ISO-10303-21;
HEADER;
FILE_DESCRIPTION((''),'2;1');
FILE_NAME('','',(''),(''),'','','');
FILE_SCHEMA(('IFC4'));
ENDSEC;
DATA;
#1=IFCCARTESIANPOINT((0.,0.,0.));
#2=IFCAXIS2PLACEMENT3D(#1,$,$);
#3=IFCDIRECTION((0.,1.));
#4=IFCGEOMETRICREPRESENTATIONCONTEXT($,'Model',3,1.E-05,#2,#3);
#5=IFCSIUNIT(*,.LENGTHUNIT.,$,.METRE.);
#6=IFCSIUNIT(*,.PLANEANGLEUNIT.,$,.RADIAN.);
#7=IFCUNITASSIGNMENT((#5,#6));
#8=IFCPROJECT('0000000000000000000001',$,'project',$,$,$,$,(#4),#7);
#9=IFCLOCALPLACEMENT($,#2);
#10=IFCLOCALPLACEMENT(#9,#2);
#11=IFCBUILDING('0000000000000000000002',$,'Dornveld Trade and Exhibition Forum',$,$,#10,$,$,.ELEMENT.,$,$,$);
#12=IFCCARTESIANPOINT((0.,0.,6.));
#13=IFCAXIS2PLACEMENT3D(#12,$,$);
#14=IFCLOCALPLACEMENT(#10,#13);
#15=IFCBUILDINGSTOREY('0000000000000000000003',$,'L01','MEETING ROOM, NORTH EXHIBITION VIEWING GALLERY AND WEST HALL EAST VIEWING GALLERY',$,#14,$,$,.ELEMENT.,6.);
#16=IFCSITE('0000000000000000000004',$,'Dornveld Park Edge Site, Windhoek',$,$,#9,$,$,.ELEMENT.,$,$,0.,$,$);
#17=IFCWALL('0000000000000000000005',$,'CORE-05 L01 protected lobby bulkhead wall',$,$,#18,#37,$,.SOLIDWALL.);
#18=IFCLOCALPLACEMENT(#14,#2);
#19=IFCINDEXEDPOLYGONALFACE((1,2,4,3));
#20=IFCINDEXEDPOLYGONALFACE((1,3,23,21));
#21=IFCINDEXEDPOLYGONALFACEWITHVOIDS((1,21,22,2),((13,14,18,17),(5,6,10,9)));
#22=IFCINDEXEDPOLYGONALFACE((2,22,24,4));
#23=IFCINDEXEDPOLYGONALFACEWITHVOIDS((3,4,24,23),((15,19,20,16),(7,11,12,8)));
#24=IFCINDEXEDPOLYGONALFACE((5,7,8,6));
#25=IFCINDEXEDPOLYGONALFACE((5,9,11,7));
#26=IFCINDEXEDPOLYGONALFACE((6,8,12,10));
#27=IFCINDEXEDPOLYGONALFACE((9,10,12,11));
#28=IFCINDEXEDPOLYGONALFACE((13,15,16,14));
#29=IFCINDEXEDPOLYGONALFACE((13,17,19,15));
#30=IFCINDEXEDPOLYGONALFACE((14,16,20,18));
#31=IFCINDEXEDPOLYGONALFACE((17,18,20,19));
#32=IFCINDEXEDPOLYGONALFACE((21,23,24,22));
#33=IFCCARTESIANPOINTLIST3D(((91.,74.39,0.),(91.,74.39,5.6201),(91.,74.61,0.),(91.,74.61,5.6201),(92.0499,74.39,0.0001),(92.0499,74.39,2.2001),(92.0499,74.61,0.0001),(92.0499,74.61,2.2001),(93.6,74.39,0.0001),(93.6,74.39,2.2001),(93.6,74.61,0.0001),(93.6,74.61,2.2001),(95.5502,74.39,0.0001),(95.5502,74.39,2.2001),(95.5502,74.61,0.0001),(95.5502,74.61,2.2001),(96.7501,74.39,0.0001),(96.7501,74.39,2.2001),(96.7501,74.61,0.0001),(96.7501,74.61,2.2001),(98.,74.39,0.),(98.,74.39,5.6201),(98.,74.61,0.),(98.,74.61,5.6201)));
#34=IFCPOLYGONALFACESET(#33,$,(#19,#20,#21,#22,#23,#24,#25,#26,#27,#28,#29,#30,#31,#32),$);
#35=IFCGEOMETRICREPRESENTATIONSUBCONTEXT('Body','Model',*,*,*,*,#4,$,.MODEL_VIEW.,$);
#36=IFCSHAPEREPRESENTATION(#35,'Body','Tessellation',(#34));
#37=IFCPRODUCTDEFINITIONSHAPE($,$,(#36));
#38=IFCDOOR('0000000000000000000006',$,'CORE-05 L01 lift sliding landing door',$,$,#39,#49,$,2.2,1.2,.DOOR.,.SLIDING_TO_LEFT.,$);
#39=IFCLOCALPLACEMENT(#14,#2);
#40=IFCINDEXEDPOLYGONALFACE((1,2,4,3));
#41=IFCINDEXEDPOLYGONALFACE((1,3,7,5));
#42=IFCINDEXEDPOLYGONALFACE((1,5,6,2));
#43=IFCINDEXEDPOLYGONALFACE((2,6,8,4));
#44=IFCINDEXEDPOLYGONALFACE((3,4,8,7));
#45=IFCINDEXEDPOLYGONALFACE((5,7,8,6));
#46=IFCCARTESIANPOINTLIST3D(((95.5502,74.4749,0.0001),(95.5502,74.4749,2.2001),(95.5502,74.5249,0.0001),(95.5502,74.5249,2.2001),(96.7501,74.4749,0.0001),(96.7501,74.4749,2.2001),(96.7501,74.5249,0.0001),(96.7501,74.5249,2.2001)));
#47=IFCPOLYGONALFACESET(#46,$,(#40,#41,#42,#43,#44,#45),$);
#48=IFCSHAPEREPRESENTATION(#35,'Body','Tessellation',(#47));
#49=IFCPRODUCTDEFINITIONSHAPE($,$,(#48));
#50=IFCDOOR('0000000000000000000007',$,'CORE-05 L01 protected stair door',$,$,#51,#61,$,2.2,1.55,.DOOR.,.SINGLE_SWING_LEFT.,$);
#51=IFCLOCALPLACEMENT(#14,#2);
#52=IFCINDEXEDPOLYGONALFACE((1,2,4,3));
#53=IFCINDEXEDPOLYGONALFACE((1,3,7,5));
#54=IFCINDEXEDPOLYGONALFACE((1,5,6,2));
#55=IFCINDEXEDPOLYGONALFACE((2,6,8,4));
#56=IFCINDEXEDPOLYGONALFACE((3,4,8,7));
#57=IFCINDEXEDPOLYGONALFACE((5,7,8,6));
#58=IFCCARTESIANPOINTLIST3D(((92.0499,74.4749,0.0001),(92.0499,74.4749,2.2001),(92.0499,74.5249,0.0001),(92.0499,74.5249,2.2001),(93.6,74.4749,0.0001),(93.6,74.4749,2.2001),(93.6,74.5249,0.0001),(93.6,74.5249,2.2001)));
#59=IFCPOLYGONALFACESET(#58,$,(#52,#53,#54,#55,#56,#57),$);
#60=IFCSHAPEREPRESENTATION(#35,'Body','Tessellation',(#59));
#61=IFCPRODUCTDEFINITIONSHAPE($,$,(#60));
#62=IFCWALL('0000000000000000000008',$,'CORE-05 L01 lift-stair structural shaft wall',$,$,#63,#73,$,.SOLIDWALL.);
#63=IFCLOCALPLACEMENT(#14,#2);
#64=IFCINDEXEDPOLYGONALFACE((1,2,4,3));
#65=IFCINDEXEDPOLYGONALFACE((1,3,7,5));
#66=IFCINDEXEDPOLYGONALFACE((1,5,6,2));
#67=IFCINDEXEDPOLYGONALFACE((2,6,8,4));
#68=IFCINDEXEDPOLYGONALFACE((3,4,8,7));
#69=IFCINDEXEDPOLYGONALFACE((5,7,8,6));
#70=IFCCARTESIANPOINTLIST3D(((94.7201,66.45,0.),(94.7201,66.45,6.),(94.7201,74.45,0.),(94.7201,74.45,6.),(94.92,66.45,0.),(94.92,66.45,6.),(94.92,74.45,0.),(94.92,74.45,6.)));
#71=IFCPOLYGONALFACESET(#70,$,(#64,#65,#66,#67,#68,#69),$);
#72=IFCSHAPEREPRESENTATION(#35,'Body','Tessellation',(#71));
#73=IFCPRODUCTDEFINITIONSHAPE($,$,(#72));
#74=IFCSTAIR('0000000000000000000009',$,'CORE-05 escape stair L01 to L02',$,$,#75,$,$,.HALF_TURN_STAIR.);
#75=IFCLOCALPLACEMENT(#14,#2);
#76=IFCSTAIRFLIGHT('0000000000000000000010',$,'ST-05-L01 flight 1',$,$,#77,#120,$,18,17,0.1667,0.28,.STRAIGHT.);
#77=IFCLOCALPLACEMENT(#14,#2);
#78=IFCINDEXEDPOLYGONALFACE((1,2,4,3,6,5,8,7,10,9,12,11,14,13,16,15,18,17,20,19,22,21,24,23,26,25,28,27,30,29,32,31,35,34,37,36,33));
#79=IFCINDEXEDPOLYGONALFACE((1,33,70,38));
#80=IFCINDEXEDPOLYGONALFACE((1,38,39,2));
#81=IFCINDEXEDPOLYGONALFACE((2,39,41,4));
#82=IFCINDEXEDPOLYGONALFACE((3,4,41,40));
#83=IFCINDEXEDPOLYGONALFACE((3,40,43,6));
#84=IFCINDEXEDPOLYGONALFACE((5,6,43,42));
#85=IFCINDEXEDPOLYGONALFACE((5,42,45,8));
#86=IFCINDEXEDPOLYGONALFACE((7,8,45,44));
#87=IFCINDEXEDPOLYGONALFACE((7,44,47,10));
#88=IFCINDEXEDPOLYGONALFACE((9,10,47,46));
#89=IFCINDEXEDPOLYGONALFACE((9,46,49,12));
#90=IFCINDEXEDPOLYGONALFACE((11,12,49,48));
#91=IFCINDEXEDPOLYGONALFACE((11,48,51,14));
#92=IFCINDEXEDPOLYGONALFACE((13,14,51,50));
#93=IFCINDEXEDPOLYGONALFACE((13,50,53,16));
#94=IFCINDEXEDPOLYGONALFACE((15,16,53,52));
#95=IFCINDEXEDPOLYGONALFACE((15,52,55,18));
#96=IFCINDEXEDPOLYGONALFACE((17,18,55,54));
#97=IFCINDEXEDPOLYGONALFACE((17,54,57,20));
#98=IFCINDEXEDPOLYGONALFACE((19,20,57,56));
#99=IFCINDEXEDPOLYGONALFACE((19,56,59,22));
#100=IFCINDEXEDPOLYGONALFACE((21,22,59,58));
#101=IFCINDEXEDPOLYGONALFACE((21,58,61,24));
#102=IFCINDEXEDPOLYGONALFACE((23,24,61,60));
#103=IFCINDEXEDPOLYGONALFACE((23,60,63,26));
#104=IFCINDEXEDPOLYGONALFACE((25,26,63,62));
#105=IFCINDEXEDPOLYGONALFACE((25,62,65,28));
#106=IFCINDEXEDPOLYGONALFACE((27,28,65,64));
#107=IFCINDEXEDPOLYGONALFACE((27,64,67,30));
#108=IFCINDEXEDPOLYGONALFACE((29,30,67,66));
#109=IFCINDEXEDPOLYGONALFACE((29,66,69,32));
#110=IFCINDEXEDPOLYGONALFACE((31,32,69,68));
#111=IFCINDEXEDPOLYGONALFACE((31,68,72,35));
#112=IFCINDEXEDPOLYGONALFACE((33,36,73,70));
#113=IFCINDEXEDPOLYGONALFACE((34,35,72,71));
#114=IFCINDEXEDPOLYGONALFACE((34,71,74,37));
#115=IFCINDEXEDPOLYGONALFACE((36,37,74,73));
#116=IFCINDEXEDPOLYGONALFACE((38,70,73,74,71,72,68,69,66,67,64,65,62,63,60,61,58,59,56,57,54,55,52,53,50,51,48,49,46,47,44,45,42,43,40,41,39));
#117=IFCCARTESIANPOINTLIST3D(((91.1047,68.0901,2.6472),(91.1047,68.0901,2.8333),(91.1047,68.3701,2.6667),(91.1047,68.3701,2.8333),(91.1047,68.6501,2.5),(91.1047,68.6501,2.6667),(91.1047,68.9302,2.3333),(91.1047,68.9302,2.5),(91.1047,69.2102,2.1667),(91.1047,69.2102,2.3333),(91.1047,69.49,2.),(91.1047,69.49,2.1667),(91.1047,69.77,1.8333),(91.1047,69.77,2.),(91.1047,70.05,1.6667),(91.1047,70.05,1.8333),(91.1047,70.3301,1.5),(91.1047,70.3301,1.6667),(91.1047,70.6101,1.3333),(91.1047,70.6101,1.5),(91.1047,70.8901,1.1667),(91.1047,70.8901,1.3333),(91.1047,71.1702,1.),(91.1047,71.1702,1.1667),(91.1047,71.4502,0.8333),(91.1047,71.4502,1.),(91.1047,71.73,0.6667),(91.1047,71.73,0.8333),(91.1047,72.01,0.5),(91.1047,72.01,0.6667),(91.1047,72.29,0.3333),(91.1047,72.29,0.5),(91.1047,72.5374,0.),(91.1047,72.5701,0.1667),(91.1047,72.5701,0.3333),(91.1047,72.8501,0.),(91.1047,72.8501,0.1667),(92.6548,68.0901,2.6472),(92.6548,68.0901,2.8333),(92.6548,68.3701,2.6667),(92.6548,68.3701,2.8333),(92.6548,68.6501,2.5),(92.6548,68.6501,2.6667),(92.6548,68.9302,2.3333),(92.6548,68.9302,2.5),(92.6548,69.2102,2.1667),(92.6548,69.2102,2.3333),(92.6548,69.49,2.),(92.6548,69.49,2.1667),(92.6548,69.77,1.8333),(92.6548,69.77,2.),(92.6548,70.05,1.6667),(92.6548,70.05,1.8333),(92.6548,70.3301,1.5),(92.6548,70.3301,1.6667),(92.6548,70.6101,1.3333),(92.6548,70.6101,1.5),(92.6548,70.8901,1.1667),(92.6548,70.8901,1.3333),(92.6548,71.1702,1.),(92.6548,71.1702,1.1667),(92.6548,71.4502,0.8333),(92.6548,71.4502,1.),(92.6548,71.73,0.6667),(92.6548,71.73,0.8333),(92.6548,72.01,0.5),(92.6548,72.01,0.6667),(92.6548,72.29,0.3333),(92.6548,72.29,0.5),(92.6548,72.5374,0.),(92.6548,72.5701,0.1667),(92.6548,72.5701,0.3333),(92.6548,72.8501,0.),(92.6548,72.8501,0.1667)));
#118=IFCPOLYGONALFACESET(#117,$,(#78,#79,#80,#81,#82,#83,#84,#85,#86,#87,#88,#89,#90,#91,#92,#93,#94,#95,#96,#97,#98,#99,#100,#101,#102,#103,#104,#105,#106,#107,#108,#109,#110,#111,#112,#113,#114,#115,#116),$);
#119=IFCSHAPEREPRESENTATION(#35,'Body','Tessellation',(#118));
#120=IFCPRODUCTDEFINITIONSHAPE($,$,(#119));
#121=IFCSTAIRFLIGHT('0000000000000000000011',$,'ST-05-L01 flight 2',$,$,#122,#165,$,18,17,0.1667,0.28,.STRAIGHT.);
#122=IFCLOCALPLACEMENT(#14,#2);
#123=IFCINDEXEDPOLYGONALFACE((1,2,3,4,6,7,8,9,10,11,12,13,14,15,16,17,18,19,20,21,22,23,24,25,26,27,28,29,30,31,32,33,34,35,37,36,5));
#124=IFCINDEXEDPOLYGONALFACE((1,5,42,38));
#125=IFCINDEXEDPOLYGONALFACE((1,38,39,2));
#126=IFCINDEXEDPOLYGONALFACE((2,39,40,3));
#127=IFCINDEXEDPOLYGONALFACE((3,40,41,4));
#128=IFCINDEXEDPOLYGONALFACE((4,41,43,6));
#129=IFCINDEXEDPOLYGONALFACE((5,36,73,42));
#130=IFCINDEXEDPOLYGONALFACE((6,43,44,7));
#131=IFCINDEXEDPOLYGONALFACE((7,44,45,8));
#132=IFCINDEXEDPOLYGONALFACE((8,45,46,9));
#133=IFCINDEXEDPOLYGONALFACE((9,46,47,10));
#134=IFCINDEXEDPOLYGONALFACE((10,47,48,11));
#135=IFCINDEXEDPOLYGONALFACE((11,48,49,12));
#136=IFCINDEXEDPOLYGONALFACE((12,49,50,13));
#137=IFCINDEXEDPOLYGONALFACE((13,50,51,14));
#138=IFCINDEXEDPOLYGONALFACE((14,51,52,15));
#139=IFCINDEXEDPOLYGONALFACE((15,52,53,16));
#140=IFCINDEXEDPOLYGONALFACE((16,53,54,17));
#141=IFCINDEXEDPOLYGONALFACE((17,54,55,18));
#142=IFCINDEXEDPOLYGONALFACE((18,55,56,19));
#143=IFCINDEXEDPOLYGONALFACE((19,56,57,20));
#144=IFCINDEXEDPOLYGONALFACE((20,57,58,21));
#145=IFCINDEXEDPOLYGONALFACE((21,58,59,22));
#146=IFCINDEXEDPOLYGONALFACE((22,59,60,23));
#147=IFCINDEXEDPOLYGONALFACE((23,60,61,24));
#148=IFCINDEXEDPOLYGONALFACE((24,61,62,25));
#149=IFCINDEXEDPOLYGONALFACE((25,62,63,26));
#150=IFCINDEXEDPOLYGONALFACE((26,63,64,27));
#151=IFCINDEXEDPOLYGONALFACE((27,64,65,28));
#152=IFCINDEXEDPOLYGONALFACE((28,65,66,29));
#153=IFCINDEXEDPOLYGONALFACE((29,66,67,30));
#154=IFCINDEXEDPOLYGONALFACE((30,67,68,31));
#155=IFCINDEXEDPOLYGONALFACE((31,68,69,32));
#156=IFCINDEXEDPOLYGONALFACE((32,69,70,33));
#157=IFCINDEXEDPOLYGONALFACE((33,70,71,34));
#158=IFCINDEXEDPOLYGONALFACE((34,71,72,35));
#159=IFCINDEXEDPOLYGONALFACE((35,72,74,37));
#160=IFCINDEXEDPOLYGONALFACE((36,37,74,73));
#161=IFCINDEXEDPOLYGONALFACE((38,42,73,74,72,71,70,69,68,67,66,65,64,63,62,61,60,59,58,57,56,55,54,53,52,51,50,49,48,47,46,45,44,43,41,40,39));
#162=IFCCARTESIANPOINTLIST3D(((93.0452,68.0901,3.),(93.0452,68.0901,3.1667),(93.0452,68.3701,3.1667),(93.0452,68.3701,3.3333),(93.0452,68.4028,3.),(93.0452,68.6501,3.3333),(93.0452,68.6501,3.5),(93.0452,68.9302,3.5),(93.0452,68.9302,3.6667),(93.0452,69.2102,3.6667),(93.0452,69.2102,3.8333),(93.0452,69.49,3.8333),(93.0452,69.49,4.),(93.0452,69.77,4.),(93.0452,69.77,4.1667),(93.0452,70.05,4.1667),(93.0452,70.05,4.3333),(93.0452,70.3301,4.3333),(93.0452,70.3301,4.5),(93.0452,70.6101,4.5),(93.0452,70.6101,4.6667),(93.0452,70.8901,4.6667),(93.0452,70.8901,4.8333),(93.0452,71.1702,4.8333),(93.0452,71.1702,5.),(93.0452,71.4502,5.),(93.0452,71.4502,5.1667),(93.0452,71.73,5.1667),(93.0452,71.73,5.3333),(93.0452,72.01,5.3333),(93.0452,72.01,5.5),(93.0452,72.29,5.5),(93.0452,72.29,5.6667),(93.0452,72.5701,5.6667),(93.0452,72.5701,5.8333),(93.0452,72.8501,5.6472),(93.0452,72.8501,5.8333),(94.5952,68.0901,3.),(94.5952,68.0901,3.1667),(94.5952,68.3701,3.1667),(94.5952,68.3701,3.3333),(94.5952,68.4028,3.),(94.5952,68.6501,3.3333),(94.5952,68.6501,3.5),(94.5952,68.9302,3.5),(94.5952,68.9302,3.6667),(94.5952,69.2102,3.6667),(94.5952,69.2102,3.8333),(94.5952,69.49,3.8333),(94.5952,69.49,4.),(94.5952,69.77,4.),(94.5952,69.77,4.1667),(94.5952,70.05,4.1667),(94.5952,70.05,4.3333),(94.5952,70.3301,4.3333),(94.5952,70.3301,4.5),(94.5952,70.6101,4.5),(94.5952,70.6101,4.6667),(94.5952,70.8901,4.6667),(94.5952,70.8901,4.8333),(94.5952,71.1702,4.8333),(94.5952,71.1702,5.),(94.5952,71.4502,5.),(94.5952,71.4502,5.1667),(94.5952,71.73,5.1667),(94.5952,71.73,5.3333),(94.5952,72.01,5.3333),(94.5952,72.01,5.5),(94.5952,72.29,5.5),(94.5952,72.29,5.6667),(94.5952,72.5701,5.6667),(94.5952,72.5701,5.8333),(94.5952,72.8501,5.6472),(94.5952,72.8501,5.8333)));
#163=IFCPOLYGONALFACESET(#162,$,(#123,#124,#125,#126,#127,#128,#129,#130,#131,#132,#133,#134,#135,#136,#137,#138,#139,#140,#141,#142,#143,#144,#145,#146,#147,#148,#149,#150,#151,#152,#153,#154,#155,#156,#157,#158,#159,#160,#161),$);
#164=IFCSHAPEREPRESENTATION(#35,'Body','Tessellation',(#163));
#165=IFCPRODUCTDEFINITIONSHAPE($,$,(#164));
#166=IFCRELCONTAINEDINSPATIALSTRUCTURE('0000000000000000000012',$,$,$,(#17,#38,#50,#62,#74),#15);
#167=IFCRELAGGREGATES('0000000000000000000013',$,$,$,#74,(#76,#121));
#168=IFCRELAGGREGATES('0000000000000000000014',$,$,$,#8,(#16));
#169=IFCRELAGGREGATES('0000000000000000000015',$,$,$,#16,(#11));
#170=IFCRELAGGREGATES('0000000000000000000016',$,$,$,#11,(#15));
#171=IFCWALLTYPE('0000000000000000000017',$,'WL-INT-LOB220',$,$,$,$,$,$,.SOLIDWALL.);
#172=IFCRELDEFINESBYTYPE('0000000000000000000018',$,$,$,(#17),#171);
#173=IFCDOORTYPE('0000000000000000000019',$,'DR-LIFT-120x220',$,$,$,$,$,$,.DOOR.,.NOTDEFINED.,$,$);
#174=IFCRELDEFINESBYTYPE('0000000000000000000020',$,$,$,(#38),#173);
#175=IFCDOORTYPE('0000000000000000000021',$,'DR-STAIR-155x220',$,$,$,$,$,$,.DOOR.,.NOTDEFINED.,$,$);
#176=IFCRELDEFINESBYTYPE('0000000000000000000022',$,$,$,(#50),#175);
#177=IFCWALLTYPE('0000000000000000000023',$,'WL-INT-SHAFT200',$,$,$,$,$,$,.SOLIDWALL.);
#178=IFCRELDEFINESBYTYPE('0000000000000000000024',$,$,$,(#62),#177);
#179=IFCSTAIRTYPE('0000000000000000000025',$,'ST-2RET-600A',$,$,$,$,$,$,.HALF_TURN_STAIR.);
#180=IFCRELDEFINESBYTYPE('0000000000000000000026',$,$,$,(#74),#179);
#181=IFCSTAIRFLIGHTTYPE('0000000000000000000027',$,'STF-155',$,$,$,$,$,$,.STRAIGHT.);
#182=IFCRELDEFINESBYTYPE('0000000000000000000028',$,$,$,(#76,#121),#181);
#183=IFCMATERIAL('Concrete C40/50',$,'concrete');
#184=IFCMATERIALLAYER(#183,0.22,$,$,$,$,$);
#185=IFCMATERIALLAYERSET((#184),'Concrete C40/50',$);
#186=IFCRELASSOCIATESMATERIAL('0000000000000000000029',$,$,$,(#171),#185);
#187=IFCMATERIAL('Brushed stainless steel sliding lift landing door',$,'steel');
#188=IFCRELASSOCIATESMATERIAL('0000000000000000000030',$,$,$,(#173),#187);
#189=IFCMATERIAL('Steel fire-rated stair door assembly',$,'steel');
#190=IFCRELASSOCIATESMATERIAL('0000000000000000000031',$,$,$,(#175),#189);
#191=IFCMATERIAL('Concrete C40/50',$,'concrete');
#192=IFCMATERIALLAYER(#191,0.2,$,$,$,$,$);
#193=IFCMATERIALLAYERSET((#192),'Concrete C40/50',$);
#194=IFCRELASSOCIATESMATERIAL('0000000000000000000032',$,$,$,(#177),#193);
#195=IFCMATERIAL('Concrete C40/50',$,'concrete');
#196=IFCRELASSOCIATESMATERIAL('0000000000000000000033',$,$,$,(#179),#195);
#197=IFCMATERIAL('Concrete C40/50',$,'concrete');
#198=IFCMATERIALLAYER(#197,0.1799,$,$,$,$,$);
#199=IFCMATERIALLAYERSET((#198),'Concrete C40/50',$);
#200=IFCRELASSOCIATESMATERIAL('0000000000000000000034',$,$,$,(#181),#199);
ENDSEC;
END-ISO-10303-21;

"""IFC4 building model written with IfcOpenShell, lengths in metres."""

from ifc_helpers import new_model, si_unit, direction, frame, frame_2d, origin, place, context, subcontext, project, spatial, polyline, rectangle, outline, extrude, material, layer, layer_set, type_object, element, fill, aggregate, save


model = new_model("IFC4")

# Units and contexts
model_context = context("Model", 3, precision=1e-05, world=origin(), true_north=direction((0.0, 1.0)))
body_context = subcontext(model_context, "Body", "Model", "MODEL_VIEW")
ifc_project = project(units=[si_unit("LENGTHUNIT", "METRE"), si_unit("PLANEANGLEUNIT", "RADIAN")], contexts=[model_context])

# Site, building, storey
site_placement = place(None, origin())
site = spatial("IfcSite", under=ifc_project, at=site_placement, Name="Dornveld Park Edge Site, Windhoek", CompositionType="ELEMENT", RefElevation=0.0)
building_placement = place(site_placement, origin())
building = spatial("IfcBuilding", under=site, at=building_placement, Name="Dornveld Trade and Exhibition Forum", CompositionType="ELEMENT")
storey_placement = place(building_placement, frame((0.0, 0.0, 6.0)))
storey = spatial("IfcBuildingStorey", under=building, at=storey_placement, Name="L01", Description="MEETING ROOM, NORTH EXHIBITION VIEWING GALLERY AND WEST HALL EAST VIEWING GALLERY", CompositionType="ELEMENT", Elevation=6.0)

# Wall, openings, doors
ifc_material_1 = material(Name="Concrete C40/50", Category="concrete")
ifc_layer_1 = layer(ifc_material_1, 0.22)
ifc_layer_set_1 = layer_set([ifc_layer_1], Name="Concrete C40/50")
wall_type_1 = type_object("IfcWallType", Name="WL-INT-LOB220", PredefinedType="SOLIDWALL", material=ifc_layer_set_1)
wall_1_placement = place(storey_placement, frame((91.0, 74.5, 0.0), z_axis=(0.0, 0.0, 1.0), x_axis=(1.0, 0.0, 0.0)))
wall_1 = element("IfcWall", 1, at=wall_1_placement, inside=storey, type_object=wall_type_1, Name="CORE-05 L01 protected lobby bulkhead wall", PredefinedType="SOLIDWALL", context=body_context, shape_type="SweptSolid", body=[
    extrude(rectangle(XDim=7.0, YDim=0.22, at=frame_2d((3.5, 0.0))), origin(), (0.0, 0.0, 1.0), 5.6201),
])
opening_1_placement = place(wall_1_placement, frame((1.05, 0.0, 0.0)))
opening_1 = element("IfcOpeningElement", 2, at=opening_1_placement, cuts=wall_1, PredefinedType="OPENING", context=body_context, shape_type="SweptSolid", body=[
    extrude(rectangle(XDim=1.55, YDim=2.2, at=frame_2d((0.7749, 1.1001))), frame((0.0, 0.1199, 0.0), z_axis=(0.0, -1.0, 0.0), x_axis=(1.0, 0.0, 0.0)), (0.0, 0.0, 1.0), 0.24),
])
opening_2_placement = place(wall_1_placement, frame((4.55, 0.0, 0.0)))
opening_2 = element("IfcOpeningElement", 3, at=opening_2_placement, cuts=wall_1, PredefinedType="OPENING", context=body_context, shape_type="SweptSolid", body=[
    extrude(rectangle(XDim=1.2, YDim=2.2, at=frame_2d((0.6001, 1.1001))), frame((0.0, 0.1199, 0.0), z_axis=(0.0, -1.0, 0.0), x_axis=(1.0, 0.0, 0.0)), (0.0, 0.0, 1.0), 0.24),
])
ifc_material_2 = material(Name="Brushed stainless steel sliding lift landing door", Category="steel")
door_type_1 = type_object("IfcDoorType", Name="DR-LIFT-120x220", OperationType="NOTDEFINED", PredefinedType="DOOR", material=ifc_material_2)
door_1_placement = place(opening_2_placement, origin())
door_1 = element("IfcDoor", 4, at=door_1_placement, inside=storey, type_object=door_type_1, Name="CORE-05 L01 lift sliding landing door", OperationType="SLIDING_TO_LEFT", OverallHeight=2.2, OverallWidth=1.2, PredefinedType="DOOR", context=body_context, shape_type="SweptSolid", body=[
    extrude(rectangle(XDim=1.2, YDim=2.2, at=frame_2d((0.6001, 1.1001))), frame((0.0, 0.0249, 0.0), z_axis=(0.0, -1.0, 0.0), x_axis=(1.0, 0.0, 0.0)), (0.0, 0.0, 1.0), 0.05),
])
fill(opening_2, door_1)
ifc_material_3 = material(Name="Steel fire-rated stair door assembly", Category="steel")
door_type_2 = type_object("IfcDoorType", Name="DR-STAIR-155x220", OperationType="NOTDEFINED", PredefinedType="DOOR", material=ifc_material_3)
door_2_placement = place(opening_1_placement, origin())
door_2 = element("IfcDoor", 5, at=door_2_placement, inside=storey, type_object=door_type_2, Name="CORE-05 L01 protected stair door", OperationType="SINGLE_SWING_LEFT", OverallHeight=2.2, OverallWidth=1.55, PredefinedType="DOOR", context=body_context, shape_type="SweptSolid", body=[
    extrude(rectangle(XDim=1.55, YDim=2.2, at=frame_2d((0.7749, 1.1001))), frame((0.0, 0.0249, 0.0), z_axis=(0.0, -1.0, 0.0), x_axis=(1.0, 0.0, 0.0)), (0.0, 0.0, 1.0), 0.05),
])
fill(opening_1, door_2)

# Wall
ifc_material_4 = material(Name="Concrete C40/50", Category="concrete")
ifc_layer_2 = layer(ifc_material_4, 0.2)
ifc_layer_set_2 = layer_set([ifc_layer_2], Name="Concrete C40/50")
wall_type_2 = type_object("IfcWallType", Name="WL-INT-SHAFT200", PredefinedType="SOLIDWALL", material=ifc_layer_set_2)
wall_2_placement = place(storey_placement, frame((94.8201, 66.45, 0.0), z_axis=(0.0, 0.0, 1.0), x_axis=(0.0, 1.0, 0.0)))
element("IfcWall", 6, at=wall_2_placement, inside=storey, type_object=wall_type_2, Name="CORE-05 L01 lift-stair structural shaft wall", PredefinedType="SOLIDWALL", context=body_context, shape_type="SweptSolid", body=[
    extrude(rectangle(XDim=8.0, YDim=0.2, at=frame_2d((4.0, 0.0))), origin(), (0.0, 0.0, 1.0), 6.0),
])

# Stair, stair flights
ifc_material_5 = material(Name="Concrete C40/50", Category="concrete")
stair_type = type_object("IfcStairType", Name="ST-2RET-600A", PredefinedType="HALF_TURN_STAIR", material=ifc_material_5)
stair_placement = place(storey_placement, origin())
stair = element("IfcStair", 7, at=stair_placement, inside=storey, type_object=stair_type, Name="CORE-05 escape stair L01 to L02", PredefinedType="HALF_TURN_STAIR")
ifc_material_6 = material(Name="Concrete C40/50", Category="concrete")
ifc_layer_3 = layer(ifc_material_6, 0.1799)
ifc_layer_set_3 = layer_set([ifc_layer_3], Name="Concrete C40/50")
stair_flight_type = type_object("IfcStairFlightType", Name="STF-155", PredefinedType="STRAIGHT", material=ifc_layer_set_3)
stair_flight_1_placement = place(storey_placement, frame((91.8799, 72.8501, 0.0), z_axis=(0.0, 0.0, 1.0), x_axis=(0.0, -1.0, 0.0)))
stair_flight_1 = element("IfcStairFlight", 8, at=stair_flight_1_placement, type_object=stair_flight_type, Name="ST-05-L01 flight 1", NumberOfRisers=18, NumberOfTreads=17, PredefinedType="STRAIGHT", RiserHeight=0.1667, TreadLength=0.28, context=body_context, shape_type="SweptSolid", body=[
    extrude(outline(polyline([(0.0, 0.0), (0.0, 0.1667), (0.28, 0.1667), (0.28, 0.3333), (0.5601, 0.3333), (0.5601, 0.5), (0.8401, 0.5), (0.8401, 0.6667), (1.1201, 0.6667), (1.1201, 0.8333), (1.3999, 0.8333), (1.3999, 1.0), (1.6799, 1.0), (1.6799, 1.1667), (1.96, 1.1667), (1.96, 1.3333), (2.24, 1.3333), (2.24, 1.5), (2.52, 1.5), (2.52, 1.6667), (2.8, 1.6667), (2.8, 1.8333), (3.0801, 1.8333), (3.0801, 2.0), (3.3601, 2.0), (3.3601, 2.1667), (3.6399, 2.1667), (3.6399, 2.3333), (3.9199, 2.3333), (3.9199, 2.5), (4.2, 2.5), (4.2, 2.6667), (4.48, 2.6667), (4.48, 2.8333), (4.76, 2.8333), (4.76, 3.0), (4.76, 2.6472), (0.3127, 0.0), (0.0, 0.0)])), frame((0.0, 0.7749, 0.0), z_axis=(0.0, -1.0, 0.0), x_axis=(1.0, 0.0, 0.0)), (0.0, 0.0, 1.0), 1.55),
])
stair_flight_2_placement = place(storey_placement, frame((93.8201, 68.0901, 3.0), z_axis=(0.0, 0.0, 1.0), x_axis=(0.0, 1.0, 0.0)))
stair_flight_2 = element("IfcStairFlight", 9, at=stair_flight_2_placement, type_object=stair_flight_type, Name="ST-05-L01 flight 2", NumberOfRisers=18, NumberOfTreads=17, PredefinedType="STRAIGHT", RiserHeight=0.1667, TreadLength=0.28, context=body_context, shape_type="SweptSolid", body=[
    extrude(outline(polyline([(0.0, 0.0), (0.0, 0.1667), (0.28, 0.1667), (0.28, 0.3333), (0.5601, 0.3333), (0.5601, 0.5), (0.8401, 0.5), (0.8401, 0.6667), (1.1201, 0.6667), (1.1201, 0.8333), (1.3999, 0.8333), (1.3999, 1.0), (1.6799, 1.0), (1.6799, 1.1667), (1.96, 1.1667), (1.96, 1.3333), (2.24, 1.3333), (2.24, 1.5), (2.52, 1.5), (2.52, 1.6667), (2.8, 1.6667), (2.8, 1.8333), (3.0801, 1.8333), (3.0801, 2.0), (3.3601, 2.0), (3.3601, 2.1667), (3.6399, 2.1667), (3.6399, 2.3333), (3.9199, 2.3333), (3.9199, 2.5), (4.2, 2.5), (4.2, 2.6667), (4.48, 2.6667), (4.48, 2.8333), (4.76, 2.8333), (4.76, 3.0), (4.76, 2.6472), (0.3127, 0.0), (0.0, 0.0)])), frame((0.0, 0.7749, 0.0), z_axis=(0.0, -1.0, 0.0), x_axis=(1.0, 0.0, 0.0)), (0.0, 0.0, 1.0), 1.55),
])
aggregate(stair, [stair_flight_1, stair_flight_2])

save(model, "model.ifc")
